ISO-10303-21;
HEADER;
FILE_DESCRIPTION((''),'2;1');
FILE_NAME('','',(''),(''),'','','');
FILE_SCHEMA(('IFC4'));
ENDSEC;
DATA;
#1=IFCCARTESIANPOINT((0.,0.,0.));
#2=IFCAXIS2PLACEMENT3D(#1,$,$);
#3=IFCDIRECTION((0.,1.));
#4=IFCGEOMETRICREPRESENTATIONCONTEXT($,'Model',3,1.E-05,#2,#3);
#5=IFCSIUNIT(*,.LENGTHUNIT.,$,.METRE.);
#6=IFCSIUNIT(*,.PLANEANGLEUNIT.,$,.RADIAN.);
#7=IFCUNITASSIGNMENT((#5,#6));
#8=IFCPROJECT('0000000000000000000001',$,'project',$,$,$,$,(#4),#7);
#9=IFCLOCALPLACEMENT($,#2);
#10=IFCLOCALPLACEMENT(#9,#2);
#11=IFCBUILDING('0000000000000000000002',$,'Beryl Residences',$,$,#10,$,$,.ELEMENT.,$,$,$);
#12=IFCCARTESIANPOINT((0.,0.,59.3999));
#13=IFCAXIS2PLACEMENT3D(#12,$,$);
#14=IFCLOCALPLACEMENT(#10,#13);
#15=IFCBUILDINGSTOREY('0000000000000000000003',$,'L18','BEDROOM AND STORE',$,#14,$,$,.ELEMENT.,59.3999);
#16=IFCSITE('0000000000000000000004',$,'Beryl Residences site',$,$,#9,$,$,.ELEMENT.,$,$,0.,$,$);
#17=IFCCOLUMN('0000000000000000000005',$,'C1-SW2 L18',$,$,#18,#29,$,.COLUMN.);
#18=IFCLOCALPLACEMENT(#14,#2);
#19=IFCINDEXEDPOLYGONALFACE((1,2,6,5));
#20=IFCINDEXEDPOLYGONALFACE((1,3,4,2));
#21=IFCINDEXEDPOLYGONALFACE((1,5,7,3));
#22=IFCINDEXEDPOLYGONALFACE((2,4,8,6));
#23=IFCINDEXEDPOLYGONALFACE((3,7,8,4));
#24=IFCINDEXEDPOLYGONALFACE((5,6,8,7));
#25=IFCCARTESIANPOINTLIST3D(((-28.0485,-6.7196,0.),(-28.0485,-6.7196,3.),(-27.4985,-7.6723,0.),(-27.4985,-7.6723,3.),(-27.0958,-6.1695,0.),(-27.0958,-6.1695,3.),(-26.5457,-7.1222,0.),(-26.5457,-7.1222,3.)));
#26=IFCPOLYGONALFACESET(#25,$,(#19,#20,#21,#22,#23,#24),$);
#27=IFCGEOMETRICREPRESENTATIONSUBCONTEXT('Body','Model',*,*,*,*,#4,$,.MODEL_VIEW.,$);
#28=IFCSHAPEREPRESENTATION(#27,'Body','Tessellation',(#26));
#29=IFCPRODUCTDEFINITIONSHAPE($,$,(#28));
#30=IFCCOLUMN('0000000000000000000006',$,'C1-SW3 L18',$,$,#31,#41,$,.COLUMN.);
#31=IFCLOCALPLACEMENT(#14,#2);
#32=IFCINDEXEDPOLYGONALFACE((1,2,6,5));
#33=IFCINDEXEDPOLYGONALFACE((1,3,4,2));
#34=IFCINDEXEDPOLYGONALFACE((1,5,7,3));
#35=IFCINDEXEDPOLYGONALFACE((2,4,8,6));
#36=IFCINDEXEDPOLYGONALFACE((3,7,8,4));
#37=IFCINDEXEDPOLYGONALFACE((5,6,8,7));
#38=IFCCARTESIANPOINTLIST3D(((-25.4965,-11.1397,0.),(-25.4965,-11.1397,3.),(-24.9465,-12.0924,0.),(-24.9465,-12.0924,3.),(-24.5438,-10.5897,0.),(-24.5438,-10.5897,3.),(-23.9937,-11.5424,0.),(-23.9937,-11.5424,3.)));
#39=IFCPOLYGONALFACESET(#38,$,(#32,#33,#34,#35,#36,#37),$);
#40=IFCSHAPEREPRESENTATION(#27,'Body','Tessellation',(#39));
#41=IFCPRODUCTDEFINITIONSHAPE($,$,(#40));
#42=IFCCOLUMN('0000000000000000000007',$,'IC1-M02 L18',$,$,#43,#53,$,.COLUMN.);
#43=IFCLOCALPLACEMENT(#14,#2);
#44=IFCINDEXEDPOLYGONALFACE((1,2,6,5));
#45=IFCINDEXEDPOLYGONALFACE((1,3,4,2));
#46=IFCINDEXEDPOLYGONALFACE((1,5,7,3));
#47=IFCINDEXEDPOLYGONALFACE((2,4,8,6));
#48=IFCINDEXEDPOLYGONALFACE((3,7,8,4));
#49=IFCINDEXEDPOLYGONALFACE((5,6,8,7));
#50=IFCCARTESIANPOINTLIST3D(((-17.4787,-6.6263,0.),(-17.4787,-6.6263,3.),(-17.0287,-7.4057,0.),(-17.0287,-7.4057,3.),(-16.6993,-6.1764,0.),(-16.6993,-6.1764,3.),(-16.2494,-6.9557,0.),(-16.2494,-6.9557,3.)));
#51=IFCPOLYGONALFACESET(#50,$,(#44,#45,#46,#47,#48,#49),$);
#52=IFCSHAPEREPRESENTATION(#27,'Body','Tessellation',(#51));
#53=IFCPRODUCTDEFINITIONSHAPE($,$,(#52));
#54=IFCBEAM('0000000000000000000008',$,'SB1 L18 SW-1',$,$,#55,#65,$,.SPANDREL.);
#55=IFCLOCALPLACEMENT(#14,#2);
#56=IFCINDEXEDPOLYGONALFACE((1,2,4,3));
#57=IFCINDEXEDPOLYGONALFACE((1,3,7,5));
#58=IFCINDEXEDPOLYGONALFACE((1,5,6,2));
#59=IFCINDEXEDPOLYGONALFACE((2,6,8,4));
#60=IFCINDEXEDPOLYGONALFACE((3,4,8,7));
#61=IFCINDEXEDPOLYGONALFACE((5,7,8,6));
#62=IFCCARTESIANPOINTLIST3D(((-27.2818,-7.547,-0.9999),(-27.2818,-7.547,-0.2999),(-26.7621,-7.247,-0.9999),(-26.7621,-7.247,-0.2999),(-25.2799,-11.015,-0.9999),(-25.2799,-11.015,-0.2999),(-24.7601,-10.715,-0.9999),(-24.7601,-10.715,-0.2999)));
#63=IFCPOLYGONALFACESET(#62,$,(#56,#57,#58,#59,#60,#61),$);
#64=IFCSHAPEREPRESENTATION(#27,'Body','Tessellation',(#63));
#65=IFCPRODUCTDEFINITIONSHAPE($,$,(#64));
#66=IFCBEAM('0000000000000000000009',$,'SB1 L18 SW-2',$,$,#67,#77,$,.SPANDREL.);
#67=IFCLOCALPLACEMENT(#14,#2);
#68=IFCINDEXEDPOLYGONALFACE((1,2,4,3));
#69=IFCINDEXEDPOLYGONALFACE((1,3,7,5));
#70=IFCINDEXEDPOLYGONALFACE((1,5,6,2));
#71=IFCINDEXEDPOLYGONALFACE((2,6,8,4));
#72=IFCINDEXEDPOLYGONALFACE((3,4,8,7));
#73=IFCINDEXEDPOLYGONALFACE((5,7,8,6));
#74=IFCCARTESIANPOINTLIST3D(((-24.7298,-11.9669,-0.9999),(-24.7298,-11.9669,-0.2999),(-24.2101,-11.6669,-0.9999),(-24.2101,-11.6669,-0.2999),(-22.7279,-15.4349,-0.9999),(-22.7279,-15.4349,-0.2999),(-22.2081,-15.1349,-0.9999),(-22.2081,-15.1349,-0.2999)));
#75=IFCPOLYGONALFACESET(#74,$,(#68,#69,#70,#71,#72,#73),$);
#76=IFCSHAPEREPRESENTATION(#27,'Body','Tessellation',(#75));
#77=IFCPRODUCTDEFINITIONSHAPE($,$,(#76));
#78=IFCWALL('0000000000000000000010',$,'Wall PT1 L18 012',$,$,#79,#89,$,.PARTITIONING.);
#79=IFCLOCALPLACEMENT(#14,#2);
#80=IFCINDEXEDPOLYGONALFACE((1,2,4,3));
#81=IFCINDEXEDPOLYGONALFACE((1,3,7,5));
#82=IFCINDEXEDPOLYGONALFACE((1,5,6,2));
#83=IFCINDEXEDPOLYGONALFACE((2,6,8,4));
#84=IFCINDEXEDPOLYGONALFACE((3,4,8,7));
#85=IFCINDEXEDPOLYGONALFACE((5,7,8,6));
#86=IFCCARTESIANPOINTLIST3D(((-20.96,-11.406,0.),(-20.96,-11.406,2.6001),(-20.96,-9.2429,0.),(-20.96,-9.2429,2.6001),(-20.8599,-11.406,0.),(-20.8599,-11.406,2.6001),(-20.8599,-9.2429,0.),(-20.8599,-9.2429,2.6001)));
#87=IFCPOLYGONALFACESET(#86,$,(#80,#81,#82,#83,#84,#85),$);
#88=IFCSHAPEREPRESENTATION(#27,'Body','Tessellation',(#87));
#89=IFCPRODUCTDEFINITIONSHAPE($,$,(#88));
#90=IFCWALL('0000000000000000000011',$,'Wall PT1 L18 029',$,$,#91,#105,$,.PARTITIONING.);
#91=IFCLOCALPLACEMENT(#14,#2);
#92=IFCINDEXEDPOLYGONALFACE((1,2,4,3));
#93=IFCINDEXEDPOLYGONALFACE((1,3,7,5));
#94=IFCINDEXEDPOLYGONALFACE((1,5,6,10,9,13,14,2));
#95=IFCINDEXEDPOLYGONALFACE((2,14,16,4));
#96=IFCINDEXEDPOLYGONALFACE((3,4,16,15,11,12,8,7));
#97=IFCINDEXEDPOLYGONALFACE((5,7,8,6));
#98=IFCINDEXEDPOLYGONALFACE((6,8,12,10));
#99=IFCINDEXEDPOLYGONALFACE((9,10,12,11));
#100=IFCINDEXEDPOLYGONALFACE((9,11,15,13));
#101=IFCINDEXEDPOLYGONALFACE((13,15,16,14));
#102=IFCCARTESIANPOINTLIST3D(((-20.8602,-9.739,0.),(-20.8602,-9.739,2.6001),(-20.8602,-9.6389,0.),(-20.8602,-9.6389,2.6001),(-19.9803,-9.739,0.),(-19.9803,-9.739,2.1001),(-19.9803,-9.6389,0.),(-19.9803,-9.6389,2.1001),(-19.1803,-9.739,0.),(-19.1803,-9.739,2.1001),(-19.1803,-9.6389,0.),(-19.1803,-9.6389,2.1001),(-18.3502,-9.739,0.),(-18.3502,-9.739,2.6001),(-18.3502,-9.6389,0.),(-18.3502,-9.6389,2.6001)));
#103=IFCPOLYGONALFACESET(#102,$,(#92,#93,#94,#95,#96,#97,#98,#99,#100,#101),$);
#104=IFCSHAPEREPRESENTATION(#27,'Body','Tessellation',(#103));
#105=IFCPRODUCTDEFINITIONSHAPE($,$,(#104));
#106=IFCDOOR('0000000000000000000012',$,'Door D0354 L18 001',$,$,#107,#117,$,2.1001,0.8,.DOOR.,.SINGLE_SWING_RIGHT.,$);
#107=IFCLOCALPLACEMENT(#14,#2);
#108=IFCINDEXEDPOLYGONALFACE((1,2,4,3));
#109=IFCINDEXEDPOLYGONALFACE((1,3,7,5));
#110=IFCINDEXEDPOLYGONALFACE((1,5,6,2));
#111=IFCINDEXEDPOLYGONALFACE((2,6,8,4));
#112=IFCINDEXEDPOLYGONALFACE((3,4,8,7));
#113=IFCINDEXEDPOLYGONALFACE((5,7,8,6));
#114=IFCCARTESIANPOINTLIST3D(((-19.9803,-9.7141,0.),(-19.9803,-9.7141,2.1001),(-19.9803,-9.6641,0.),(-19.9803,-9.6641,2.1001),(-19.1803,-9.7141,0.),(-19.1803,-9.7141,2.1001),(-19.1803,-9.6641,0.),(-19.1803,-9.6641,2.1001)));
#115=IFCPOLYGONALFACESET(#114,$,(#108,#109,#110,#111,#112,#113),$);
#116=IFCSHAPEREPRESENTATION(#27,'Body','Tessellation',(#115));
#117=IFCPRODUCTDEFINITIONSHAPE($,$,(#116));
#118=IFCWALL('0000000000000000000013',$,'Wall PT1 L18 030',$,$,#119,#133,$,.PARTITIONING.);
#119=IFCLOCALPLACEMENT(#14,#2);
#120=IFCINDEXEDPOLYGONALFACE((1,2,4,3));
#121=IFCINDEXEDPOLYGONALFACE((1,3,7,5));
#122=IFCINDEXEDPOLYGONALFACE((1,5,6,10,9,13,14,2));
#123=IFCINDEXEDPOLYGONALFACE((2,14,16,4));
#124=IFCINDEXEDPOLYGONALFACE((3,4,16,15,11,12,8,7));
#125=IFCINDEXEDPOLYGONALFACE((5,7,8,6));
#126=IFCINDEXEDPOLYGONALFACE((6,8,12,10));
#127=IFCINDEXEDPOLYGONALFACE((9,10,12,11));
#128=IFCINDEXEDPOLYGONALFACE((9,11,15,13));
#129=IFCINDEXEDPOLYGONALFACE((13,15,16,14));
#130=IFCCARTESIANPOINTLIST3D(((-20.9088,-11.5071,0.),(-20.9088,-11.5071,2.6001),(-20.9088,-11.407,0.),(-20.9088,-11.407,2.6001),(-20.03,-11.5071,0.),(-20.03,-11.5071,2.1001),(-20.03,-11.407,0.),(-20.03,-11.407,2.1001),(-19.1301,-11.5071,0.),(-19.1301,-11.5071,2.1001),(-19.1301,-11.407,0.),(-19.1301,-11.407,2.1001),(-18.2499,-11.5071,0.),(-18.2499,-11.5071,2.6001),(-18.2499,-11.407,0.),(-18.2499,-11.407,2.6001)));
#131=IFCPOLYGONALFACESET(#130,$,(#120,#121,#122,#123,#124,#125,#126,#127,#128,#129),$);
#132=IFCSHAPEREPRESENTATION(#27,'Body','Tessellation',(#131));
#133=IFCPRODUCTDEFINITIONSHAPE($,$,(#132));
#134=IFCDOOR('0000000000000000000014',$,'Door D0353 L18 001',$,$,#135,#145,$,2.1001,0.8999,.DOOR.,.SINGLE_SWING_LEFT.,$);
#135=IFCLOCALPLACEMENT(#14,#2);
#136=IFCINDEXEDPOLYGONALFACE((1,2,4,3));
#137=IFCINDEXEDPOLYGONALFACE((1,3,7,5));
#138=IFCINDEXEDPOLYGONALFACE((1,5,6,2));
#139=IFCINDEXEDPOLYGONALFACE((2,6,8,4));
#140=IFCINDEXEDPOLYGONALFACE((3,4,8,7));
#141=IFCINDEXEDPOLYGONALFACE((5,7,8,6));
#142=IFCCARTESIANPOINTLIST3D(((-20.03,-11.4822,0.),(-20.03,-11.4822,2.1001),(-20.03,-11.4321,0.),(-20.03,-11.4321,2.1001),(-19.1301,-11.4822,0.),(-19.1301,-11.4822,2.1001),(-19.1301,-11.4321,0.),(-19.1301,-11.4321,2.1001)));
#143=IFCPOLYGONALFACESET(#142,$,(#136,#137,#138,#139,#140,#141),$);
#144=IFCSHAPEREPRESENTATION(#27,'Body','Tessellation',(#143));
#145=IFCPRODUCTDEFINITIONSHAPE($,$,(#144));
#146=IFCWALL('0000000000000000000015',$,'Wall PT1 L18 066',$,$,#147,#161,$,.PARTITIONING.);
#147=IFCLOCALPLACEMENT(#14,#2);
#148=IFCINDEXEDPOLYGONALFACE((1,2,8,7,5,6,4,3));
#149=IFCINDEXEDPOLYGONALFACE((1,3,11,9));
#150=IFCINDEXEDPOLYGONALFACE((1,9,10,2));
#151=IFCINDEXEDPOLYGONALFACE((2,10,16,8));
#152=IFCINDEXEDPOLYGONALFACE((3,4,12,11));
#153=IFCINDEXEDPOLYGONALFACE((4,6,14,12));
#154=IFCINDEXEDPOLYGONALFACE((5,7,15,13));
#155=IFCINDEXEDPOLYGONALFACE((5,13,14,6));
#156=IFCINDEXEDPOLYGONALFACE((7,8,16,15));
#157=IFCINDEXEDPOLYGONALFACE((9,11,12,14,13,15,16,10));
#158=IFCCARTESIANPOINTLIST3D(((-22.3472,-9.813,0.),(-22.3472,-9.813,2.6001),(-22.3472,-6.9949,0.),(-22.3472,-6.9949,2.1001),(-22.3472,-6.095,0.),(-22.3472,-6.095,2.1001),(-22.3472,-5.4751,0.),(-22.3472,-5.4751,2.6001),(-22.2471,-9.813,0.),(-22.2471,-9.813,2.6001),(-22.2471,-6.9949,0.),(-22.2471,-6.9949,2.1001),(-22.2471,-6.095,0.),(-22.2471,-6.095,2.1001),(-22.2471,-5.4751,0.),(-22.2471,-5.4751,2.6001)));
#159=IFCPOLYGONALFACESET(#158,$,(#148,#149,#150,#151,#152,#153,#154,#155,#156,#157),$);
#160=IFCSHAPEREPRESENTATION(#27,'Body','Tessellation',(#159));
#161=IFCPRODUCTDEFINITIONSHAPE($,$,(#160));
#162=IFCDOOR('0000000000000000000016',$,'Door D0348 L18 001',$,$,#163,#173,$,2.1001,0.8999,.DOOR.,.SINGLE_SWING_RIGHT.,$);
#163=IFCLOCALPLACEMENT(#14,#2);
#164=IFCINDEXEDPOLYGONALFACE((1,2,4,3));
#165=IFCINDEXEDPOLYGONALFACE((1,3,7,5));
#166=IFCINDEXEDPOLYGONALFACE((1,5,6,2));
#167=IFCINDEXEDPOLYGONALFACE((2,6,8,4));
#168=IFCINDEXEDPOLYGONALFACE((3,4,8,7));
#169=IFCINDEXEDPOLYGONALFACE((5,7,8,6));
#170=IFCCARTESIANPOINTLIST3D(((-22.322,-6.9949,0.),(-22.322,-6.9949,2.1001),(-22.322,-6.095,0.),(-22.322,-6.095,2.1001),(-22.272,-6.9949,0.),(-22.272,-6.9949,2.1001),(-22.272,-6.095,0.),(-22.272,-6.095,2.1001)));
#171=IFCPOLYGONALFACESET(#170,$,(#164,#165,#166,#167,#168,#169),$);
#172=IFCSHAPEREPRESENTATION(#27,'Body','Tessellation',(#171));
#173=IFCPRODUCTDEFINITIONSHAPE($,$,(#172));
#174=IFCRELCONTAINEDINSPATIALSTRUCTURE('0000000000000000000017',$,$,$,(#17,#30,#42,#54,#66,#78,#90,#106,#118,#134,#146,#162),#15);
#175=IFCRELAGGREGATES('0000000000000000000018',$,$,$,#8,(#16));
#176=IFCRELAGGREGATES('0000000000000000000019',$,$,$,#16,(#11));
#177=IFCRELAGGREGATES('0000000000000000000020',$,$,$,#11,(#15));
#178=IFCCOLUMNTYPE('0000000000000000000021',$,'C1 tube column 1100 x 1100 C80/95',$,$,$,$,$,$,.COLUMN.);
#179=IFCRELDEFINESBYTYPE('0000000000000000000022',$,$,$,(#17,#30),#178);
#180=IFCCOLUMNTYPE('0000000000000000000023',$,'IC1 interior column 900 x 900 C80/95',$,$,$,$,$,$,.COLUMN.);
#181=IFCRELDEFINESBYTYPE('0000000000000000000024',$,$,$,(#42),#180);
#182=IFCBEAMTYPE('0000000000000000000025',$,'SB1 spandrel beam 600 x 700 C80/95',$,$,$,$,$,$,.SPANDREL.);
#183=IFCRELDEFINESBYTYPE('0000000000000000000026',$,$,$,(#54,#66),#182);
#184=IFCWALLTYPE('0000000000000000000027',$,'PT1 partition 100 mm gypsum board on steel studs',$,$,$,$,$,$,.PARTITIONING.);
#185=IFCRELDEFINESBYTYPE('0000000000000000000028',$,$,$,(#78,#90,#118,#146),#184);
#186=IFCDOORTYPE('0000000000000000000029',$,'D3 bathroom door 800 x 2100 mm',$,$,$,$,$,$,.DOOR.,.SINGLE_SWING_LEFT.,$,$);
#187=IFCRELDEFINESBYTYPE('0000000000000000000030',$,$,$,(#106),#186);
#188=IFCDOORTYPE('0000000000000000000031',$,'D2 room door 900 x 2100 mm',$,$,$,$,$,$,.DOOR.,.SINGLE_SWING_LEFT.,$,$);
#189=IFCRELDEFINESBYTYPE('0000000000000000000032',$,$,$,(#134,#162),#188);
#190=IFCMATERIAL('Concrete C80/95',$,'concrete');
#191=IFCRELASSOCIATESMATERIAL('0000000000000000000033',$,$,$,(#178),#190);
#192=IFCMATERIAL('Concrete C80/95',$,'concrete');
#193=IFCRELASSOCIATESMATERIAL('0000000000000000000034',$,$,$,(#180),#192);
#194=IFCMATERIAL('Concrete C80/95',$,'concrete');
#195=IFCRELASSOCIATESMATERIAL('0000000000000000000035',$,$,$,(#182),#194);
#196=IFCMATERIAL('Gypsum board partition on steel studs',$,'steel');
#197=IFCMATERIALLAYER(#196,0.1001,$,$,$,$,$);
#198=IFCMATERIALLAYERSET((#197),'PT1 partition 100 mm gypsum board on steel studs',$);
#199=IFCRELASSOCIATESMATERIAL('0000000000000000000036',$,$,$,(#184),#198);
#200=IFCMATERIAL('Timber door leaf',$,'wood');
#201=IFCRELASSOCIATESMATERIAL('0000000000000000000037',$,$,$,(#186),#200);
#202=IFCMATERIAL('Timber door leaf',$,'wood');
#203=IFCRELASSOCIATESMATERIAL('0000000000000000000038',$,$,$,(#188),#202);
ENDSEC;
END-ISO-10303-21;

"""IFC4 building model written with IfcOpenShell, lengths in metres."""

from ifc_helpers import new_model, si_unit, direction, frame, frame_2d, origin, origin_2d, place, context, subcontext, project, spatial, rectangle, extrude, material, layer, layer_set, material_profile, profile_set, type_object, element, fill, save


model = new_model("IFC4")

# Units and contexts
model_context = context("Model", 3, precision=1e-05, world=origin(), true_north=direction((0.0, 1.0)))
body_context = subcontext(model_context, "Body", "Model", "MODEL_VIEW")
ifc_project = project(units=[si_unit("LENGTHUNIT", "METRE"), si_unit("PLANEANGLEUNIT", "RADIAN")], contexts=[model_context])

# Site, building, storey
site_placement = place(None, origin())
site = spatial("IfcSite", under=ifc_project, at=site_placement, Name="Beryl Residences site", CompositionType="ELEMENT", RefElevation=0.0)
building_placement = place(site_placement, origin())
building = spatial("IfcBuilding", under=site, at=building_placement, Name="Beryl Residences", CompositionType="ELEMENT")
storey_placement = place(building_placement, frame((0.0, 0.0, 59.3999)))
storey = spatial("IfcBuildingStorey", under=building, at=storey_placement, Name="L18", Description="BEDROOM AND STORE", CompositionType="ELEMENT", Elevation=59.3999)

# Columns
ifc_material_1 = material(Name="Concrete C80/95", Category="concrete")
ifc_material_profile_1 = material_profile(ifc_material_1, rectangle(XDim=1.1001, YDim=1.1001, at=origin_2d()))
ifc_profile_set_1 = profile_set([ifc_material_profile_1], Name="Concrete C80/95")
column_type_1 = type_object("IfcColumnType", Name="C1 tube column 1100 x 1100 C80/95", PredefinedType="COLUMN", material=ifc_profile_set_1)
for number, where, z_axis, x_axis, name in (
    (1, (-27.2971, -6.9209, 0.0), (0.0, 0.0, 1.0), (0.499985, -0.866034, 0.0), "C1-SW2 L18"),
    (2, (-24.7451, -11.3411, 0.0), (0.0, 0.0, 1.0), (0.499985, -0.866034, 0.0), "C1-SW3 L18"),
):
    element("IfcColumn", number, at=place(storey_placement, frame(where, z_axis=z_axis, x_axis=x_axis)), inside=storey, type_object=column_type_1, Name=name, PredefinedType="COLUMN", context=body_context, shape_type="SweptSolid", body=[
        extrude(rectangle(XDim=1.1001, YDim=1.1001, at=origin_2d()), origin(), (0.0, 0.0, 1.0), 3.0),
    ])
ifc_material_2 = material(Name="Concrete C80/95", Category="concrete")
ifc_material_profile_2 = material_profile(ifc_material_2, rectangle(XDim=0.8999, YDim=0.8999, at=origin_2d()))
ifc_profile_set_2 = profile_set([ifc_material_profile_2], Name="Concrete C80/95")
column_type_2 = type_object("IfcColumnType", Name="IC1 interior column 900 x 900 C80/95", PredefinedType="COLUMN", material=ifc_profile_set_2)
column_placement = place(storey_placement, frame((-16.864, -6.791, 0.0), z_axis=(0.0, 0.0, 1.0), x_axis=(0.499985, -0.866034, 0.0)))
element("IfcColumn", 3, at=column_placement, inside=storey, type_object=column_type_2, Name="IC1-M02 L18", PredefinedType="COLUMN", context=body_context, shape_type="SweptSolid", body=[
    extrude(rectangle(XDim=0.8999, YDim=0.8999, at=origin_2d()), origin(), (0.0, 0.0, 1.0), 3.0),
])

# Beams
ifc_material_3 = material(Name="Concrete C80/95", Category="concrete")
ifc_material_profile_3 = material_profile(ifc_material_3, rectangle(XDim=0.6001, YDim=0.7, at=origin_2d()))
ifc_profile_set_3 = profile_set([ifc_material_profile_3], Name="Concrete C80/95")
beam_type = type_object("IfcBeamType", Name="SB1 spandrel beam 600 x 700 C80/95", PredefinedType="SPANDREL", material=ifc_profile_set_3)
for number, where, z_axis, x_axis, name in (
    (4, (-27.022, -7.397, -0.6499), (0.499942, -0.866059, 0.0), (0.866059, 0.499942, 0.0), "SB1 L18 SW-1"),
    (5, (-24.47, -11.8169, -0.6499), (0.499942, -0.866059, 0.0), (0.866059, 0.499942, 0.0), "SB1 L18 SW-2"),
):
    element("IfcBeam", number, at=place(storey_placement, frame(where, z_axis=z_axis, x_axis=x_axis)), inside=storey, type_object=beam_type, Name=name, PredefinedType="SPANDREL", context=body_context, shape_type="SweptSolid", body=[
        extrude(rectangle(XDim=0.6001, YDim=0.7, at=origin_2d()), origin(), (0.0, 0.0, 1.0), 4.0044),
    ])

# Wall
ifc_material_4 = material(Name="Gypsum board partition on steel studs", Category="steel")
ifc_layer_1 = layer(ifc_material_4, 0.1001)
ifc_layer_set_1 = layer_set([ifc_layer_1], Name="PT1 partition 100 mm gypsum board on steel studs")
wall_type_1 = type_object("IfcWallType", Name="PT1 partition 100 mm gypsum board on steel studs", PredefinedType="PARTITIONING", material=ifc_layer_set_1)
wall_1_placement = place(storey_placement, frame((-20.9099, -9.2429, 0.0), z_axis=(0.0, 0.0, 1.0), x_axis=(0.0, -1.0, 0.0)))
element("IfcWall", 6, at=wall_1_placement, inside=storey, type_object=wall_type_1, Name="Wall PT1 L18 012", PredefinedType="PARTITIONING", context=body_context, shape_type="SweptSolid", body=[
    extrude(rectangle(XDim=2.1631, YDim=0.1001, at=frame_2d((1.0815, 0.0))), origin(), (0.0, 0.0, 1.0), 2.6001),
])

# Walls, openings, doors
wall_2_placement = place(storey_placement, frame((-20.8601, -9.689, 0.0), z_axis=(0.0, 0.0, 1.0), x_axis=(1.0, 0.0, 0.0)))
wall_2 = element("IfcWall", 7, at=wall_2_placement, inside=storey, type_object=wall_type_1, Name="Wall PT1 L18 029", PredefinedType="PARTITIONING", context=body_context, shape_type="SweptSolid", body=[
    extrude(rectangle(XDim=2.51, YDim=0.1001, at=frame_2d((1.2549, 0.0))), origin(), (0.0, 0.0, 1.0), 2.6001),
])
opening_1_placement = place(wall_2_placement, frame((0.8799, 0.0, 0.0)))
opening_1 = element("IfcOpeningElement", 8, at=opening_1_placement, cuts=wall_2, PredefinedType="OPENING", context=body_context, shape_type="SweptSolid", body=[
    extrude(rectangle(XDim=0.8, YDim=2.1001, at=frame_2d((0.3999, 1.05))), frame((0.0, 0.0601, 0.0), z_axis=(0.0, -1.0, 0.0), x_axis=(1.0, 0.0, 0.0)), (0.0, 0.0, 1.0), 0.1201),
])
ifc_material_5 = material(Name="Timber door leaf", Category="wood")
door_type_1 = type_object("IfcDoorType", Name="D3 bathroom door 800 x 2100 mm", OperationType="SINGLE_SWING_LEFT", PredefinedType="DOOR", material=ifc_material_5)
door_1_placement = place(opening_1_placement, origin())
door_1 = element("IfcDoor", 9, at=door_1_placement, inside=storey, type_object=door_type_1, Name="Door D0354 L18 001", OperationType="SINGLE_SWING_RIGHT", OverallHeight=2.1001, OverallWidth=0.8, PredefinedType="DOOR", context=body_context, shape_type="SweptSolid", body=[
    extrude(rectangle(XDim=0.8, YDim=2.1001, at=frame_2d((0.3999, 1.05))), frame((0.0, 0.0249, 0.0), z_axis=(0.0, -1.0, 0.0), x_axis=(1.0, 0.0, 0.0)), (0.0, 0.0, 1.0), 0.05),
])
fill(opening_1, door_1)
wall_3_placement = place(storey_placement, frame((-20.9089, -11.457, 0.0), z_axis=(0.0, 0.0, 1.0), x_axis=(1.0, 0.0, 0.0)))
wall_3 = element("IfcWall", 10, at=wall_3_placement, inside=storey, type_object=wall_type_1, Name="Wall PT1 L18 030", PredefinedType="PARTITIONING", context=body_context, shape_type="SweptSolid", body=[
    extrude(rectangle(XDim=2.6589, YDim=0.1001, at=frame_2d((1.3296, 0.0))), origin(), (0.0, 0.0, 1.0), 2.6001),
])
opening_2_placement = place(wall_3_placement, frame((0.8789, 0.0, 0.0)))
opening_2 = element("IfcOpeningElement", 11, at=opening_2_placement, cuts=wall_3, PredefinedType="OPENING", context=body_context, shape_type="SweptSolid", body=[
    extrude(rectangle(XDim=0.8999, YDim=2.1001, at=frame_2d((0.45, 1.05))), frame((0.0, 0.0601, 0.0), z_axis=(0.0, -1.0, 0.0), x_axis=(1.0, 0.0, 0.0)), (0.0, 0.0, 1.0), 0.1201),
])
ifc_material_6 = material(Name="Timber door leaf", Category="wood")
door_type_2 = type_object("IfcDoorType", Name="D2 room door 900 x 2100 mm", OperationType="SINGLE_SWING_LEFT", PredefinedType="DOOR", material=ifc_material_6)
door_2_placement = place(opening_2_placement, origin())
door_2 = element("IfcDoor", 12, at=door_2_placement, inside=storey, type_object=door_type_2, Name="Door D0353 L18 001", OperationType="SINGLE_SWING_LEFT", OverallHeight=2.1001, OverallWidth=0.8999, PredefinedType="DOOR", context=body_context, shape_type="SweptSolid", body=[
    extrude(rectangle(XDim=0.8999, YDim=2.1001, at=frame_2d((0.45, 1.05))), frame((0.0, 0.0249, 0.0), z_axis=(0.0, -1.0, 0.0), x_axis=(1.0, 0.0, 0.0)), (0.0, 0.0, 1.0), 0.05),
])
fill(opening_2, door_2)
wall_4_placement = place(storey_placement, frame((-22.2971, -9.813, 0.0), z_axis=(0.0, 0.0, 1.0), x_axis=(0.0, 1.0, 0.0)))
wall_4 = element("IfcWall", 13, at=wall_4_placement, inside=storey, type_object=wall_type_1, Name="Wall PT1 L18 066", PredefinedType="PARTITIONING", context=body_context, shape_type="SweptSolid", body=[
    extrude(rectangle(XDim=4.3379, YDim=0.1001, at=frame_2d((2.1689, 0.0))), origin(), (0.0, 0.0, 1.0), 2.6001),
])
opening_3_placement = place(wall_4_placement, frame((2.8181, 0.0, 0.0)))
opening_3 = element("IfcOpeningElement", 14, at=opening_3_placement, cuts=wall_4, PredefinedType="OPENING", context=body_context, shape_type="SweptSolid", body=[
    extrude(rectangle(XDim=0.8999, YDim=2.1001, at=frame_2d((0.45, 1.05))), frame((0.0, 0.0601, 0.0), z_axis=(0.0, -1.0, 0.0), x_axis=(1.0, 0.0, 0.0)), (0.0, 0.0, 1.0), 0.1201),
])
door_3_placement = place(opening_3_placement, origin())
door_3 = element("IfcDoor", 15, at=door_3_placement, inside=storey, type_object=door_type_2, Name="Door D0348 L18 001", OperationType="SINGLE_SWING_RIGHT", OverallHeight=2.1001, OverallWidth=0.8999, PredefinedType="DOOR", context=body_context, shape_type="SweptSolid", body=[
    extrude(rectangle(XDim=0.8999, YDim=2.1001, at=frame_2d((0.45, 1.05))), frame((0.0, 0.0249, 0.0), z_axis=(0.0, -1.0, 0.0), x_axis=(1.0, 0.0, 0.0)), (0.0, 0.0, 1.0), 0.05),
])
fill(opening_3, door_3)

save(model, "model.ifc")
